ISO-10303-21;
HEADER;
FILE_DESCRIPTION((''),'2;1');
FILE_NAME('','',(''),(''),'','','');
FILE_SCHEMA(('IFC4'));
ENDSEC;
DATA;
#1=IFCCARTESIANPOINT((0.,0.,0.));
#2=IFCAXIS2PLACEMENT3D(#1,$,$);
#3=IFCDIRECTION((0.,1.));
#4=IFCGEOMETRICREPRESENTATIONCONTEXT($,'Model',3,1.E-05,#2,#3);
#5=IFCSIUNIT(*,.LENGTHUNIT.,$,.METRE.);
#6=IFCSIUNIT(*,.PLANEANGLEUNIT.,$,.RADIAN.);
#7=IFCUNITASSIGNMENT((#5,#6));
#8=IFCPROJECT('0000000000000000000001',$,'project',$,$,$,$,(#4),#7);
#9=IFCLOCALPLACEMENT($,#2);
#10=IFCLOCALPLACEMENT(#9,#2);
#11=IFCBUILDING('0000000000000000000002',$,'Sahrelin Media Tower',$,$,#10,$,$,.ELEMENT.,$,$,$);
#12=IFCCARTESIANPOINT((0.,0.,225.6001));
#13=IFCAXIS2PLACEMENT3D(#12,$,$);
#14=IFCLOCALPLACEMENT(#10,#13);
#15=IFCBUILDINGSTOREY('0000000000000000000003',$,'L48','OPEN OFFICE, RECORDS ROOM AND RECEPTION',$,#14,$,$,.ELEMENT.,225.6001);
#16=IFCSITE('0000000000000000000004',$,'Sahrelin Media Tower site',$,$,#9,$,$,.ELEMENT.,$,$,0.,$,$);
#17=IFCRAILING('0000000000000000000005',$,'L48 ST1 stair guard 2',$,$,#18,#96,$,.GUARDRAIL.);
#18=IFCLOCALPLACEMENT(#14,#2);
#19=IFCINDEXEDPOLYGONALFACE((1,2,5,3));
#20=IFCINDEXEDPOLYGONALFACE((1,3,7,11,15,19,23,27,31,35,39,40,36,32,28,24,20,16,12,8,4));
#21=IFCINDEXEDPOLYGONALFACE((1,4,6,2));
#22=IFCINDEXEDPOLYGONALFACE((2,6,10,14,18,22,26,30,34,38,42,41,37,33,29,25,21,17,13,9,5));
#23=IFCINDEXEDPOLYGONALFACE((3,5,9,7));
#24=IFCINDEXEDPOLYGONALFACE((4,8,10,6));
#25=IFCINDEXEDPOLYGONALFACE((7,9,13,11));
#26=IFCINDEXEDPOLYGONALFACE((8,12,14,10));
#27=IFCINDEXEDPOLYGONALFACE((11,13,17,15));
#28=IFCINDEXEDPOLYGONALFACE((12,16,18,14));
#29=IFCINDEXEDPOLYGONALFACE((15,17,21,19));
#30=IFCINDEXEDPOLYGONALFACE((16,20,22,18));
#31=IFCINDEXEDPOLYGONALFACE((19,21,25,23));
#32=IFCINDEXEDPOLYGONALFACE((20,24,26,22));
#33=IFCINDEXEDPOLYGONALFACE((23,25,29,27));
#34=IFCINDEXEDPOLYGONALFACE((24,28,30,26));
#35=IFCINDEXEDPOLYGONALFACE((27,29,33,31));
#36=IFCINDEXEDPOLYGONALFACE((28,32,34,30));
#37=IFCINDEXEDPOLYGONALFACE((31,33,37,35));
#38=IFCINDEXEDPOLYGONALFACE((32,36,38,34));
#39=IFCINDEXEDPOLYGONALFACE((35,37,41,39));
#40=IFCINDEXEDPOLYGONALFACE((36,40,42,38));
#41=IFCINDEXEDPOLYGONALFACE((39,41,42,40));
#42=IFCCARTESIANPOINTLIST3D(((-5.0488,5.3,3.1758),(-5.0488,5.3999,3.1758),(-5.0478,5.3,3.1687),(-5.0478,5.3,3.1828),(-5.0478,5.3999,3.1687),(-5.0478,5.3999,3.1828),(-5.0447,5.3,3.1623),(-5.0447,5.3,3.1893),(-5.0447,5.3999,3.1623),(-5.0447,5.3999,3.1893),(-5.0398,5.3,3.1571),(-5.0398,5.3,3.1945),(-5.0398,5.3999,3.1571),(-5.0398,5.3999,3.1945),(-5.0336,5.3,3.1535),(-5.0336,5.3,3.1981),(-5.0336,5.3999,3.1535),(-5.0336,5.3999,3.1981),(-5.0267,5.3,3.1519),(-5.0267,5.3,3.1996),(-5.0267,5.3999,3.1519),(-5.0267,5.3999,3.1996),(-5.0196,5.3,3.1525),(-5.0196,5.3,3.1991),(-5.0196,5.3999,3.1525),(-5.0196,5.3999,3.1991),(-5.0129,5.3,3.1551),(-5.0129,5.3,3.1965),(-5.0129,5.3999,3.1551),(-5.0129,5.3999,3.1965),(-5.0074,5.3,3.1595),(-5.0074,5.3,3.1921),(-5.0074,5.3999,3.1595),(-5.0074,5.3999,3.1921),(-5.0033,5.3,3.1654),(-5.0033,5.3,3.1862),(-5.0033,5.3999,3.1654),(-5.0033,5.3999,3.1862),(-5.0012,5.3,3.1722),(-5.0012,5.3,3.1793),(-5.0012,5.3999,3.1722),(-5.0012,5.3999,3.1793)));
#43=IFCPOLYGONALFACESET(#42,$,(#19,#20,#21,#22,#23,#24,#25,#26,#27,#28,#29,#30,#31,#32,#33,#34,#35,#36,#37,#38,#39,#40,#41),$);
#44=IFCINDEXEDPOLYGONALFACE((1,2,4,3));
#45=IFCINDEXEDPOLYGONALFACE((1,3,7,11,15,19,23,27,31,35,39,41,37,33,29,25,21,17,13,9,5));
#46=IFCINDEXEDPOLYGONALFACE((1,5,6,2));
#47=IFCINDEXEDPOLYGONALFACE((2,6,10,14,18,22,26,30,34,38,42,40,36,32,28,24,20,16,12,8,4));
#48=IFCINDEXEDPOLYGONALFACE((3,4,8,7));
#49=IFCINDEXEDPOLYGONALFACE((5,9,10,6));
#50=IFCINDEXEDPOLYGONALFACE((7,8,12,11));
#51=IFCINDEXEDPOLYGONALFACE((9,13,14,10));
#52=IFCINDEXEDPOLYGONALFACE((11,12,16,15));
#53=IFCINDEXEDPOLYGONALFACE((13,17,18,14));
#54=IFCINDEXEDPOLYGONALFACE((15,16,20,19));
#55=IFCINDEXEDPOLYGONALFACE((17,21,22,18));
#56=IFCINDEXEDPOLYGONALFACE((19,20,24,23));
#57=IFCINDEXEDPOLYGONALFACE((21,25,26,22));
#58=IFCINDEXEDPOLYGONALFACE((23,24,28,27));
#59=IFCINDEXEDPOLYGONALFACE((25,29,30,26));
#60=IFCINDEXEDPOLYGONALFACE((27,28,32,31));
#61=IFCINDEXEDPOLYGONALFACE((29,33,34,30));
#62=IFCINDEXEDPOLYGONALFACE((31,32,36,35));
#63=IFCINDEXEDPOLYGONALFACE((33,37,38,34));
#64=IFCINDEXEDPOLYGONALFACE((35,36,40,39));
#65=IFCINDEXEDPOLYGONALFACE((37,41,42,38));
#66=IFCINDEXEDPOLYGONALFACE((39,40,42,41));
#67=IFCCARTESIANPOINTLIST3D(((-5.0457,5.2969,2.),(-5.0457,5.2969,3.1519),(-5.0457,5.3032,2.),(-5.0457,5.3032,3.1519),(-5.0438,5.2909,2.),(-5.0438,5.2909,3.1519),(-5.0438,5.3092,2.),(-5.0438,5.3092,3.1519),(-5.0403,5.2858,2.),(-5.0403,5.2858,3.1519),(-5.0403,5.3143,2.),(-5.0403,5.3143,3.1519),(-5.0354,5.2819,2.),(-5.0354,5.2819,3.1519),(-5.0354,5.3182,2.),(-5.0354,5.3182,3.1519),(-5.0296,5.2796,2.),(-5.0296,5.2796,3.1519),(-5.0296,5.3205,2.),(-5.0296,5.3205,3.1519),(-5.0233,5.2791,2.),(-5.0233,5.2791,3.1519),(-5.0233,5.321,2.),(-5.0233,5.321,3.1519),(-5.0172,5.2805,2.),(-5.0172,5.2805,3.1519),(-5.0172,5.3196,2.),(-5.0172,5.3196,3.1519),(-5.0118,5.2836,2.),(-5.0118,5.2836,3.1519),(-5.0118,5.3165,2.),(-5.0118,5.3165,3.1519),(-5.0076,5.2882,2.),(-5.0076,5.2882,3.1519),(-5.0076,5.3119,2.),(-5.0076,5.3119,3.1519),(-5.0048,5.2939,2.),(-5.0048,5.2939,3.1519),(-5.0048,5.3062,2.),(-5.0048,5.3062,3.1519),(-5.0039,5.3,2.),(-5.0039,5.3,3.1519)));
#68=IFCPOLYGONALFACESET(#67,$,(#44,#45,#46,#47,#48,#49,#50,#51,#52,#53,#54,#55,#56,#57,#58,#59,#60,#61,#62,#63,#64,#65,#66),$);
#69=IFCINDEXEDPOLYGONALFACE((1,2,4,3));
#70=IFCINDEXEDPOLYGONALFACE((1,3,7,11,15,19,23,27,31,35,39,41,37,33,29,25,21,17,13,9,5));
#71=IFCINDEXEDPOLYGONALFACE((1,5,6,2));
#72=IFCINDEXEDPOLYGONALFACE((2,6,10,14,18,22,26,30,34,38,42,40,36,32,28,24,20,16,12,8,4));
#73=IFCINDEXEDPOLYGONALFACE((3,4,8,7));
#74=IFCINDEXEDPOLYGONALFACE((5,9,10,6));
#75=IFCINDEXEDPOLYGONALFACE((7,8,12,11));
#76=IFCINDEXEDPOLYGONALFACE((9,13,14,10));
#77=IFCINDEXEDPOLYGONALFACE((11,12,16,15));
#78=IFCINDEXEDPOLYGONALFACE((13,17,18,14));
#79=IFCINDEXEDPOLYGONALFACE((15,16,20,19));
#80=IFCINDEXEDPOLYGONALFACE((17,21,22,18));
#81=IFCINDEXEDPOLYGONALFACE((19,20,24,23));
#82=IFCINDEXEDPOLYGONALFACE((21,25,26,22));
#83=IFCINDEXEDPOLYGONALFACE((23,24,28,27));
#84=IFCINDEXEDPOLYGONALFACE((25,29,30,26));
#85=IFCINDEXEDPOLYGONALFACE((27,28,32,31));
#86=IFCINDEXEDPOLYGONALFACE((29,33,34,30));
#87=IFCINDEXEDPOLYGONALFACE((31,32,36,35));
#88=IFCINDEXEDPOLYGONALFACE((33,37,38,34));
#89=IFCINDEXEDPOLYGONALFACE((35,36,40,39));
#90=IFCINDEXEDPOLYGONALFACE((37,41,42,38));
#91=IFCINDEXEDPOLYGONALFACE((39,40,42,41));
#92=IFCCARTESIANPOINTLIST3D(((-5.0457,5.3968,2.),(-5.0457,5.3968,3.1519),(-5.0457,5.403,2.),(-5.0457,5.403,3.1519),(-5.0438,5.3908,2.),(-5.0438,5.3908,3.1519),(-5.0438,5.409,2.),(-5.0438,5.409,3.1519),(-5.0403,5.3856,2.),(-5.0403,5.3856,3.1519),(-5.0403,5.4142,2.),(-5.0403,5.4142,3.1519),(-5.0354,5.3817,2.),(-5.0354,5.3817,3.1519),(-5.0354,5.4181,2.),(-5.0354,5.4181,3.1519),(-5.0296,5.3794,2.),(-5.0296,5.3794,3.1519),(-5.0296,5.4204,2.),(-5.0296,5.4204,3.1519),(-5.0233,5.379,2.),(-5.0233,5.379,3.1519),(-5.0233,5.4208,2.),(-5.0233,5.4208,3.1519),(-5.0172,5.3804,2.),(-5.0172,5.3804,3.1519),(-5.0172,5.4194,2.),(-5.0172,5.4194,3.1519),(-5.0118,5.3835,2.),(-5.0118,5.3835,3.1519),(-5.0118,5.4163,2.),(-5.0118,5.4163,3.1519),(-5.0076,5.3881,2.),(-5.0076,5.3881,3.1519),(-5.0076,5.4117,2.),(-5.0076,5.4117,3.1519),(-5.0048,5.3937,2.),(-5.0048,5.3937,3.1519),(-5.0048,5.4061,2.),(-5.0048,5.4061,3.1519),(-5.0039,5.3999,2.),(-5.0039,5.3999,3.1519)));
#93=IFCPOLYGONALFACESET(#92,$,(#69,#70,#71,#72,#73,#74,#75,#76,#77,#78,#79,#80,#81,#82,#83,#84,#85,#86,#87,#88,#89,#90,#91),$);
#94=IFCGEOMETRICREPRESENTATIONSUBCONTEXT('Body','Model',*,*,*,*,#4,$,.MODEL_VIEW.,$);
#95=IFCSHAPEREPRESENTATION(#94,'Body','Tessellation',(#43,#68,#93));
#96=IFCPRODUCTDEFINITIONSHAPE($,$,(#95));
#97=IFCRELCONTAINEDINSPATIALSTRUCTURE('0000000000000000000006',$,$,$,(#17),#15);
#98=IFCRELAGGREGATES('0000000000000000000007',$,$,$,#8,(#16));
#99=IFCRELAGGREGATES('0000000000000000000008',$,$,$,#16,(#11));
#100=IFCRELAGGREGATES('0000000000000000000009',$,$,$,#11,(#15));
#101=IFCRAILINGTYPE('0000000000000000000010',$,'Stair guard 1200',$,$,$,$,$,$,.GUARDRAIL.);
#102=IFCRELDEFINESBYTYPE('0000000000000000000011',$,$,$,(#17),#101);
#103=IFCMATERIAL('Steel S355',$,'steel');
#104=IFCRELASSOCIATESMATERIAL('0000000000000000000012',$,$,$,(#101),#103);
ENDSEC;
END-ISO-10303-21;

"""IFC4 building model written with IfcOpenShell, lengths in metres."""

from ifc_helpers import new_model, si_unit, direction, frame, origin, origin_2d, place, context, subcontext, project, spatial, circle, extrude, material, type_object, element, save


model = new_model("IFC4")

# Units and contexts
model_context = context("Model", 3, precision=1e-05, world=origin(), true_north=direction((0.0, 1.0)))
body_context = subcontext(model_context, "Body", "Model", "MODEL_VIEW")
ifc_project = project(units=[si_unit("LENGTHUNIT", "METRE"), si_unit("PLANEANGLEUNIT", "RADIAN")], contexts=[model_context])

# Site, building, storey
site_placement = place(None, origin())
site = spatial("IfcSite", under=ifc_project, at=site_placement, Name="Sahrelin Media Tower site", CompositionType="ELEMENT", RefElevation=0.0)
building_placement = place(site_placement, origin())
building = spatial("IfcBuilding", under=site, at=building_placement, Name="Sahrelin Media Tower", CompositionType="ELEMENT")
storey_placement = place(building_placement, frame((0.0, 0.0, 225.6001)))
storey = spatial("IfcBuildingStorey", under=building, at=storey_placement, Name="L48", Description="OPEN OFFICE, RECORDS ROOM AND RECEPTION", CompositionType="ELEMENT", Elevation=225.6001)

# Shared definitions
ifc_material_1 = material(Name="Steel S355", Category="steel")

# Railing
railing_type_1 = type_object("IfcRailingType", Name="Stair guard 1200", PredefinedType="GUARDRAIL", material=ifc_material_1)
railing_1_placement = place(storey_placement, frame((-5.0249, 5.3, 2.0)))
element("IfcRailing", 1, at=railing_1_placement, inside=storey, type_object=railing_type_1, Name="L48 ST1 stair guard 2", PredefinedType="GUARDRAIL", context=body_context, shape_type="SweptSolid", body=[
    extrude(circle(Radius=0.0239, at=origin_2d()), frame((0.0, 0.0, 1.1758), z_axis=(0.0, 1.0, 0.0), x_axis=(-1.0, 0.0, 0.0)), (0.0, 0.0, 1.0), 0.0999),
    extrude(circle(Radius=0.021, at=origin_2d()), origin(), (0.0, 0.0, 1.0), 1.1519),
    extrude(circle(Radius=0.021, at=origin_2d()), frame((0.0, 0.0999, 0.0)), (0.0, 0.0, 1.0), 1.1519),
])

save(model, "model.ifc")
